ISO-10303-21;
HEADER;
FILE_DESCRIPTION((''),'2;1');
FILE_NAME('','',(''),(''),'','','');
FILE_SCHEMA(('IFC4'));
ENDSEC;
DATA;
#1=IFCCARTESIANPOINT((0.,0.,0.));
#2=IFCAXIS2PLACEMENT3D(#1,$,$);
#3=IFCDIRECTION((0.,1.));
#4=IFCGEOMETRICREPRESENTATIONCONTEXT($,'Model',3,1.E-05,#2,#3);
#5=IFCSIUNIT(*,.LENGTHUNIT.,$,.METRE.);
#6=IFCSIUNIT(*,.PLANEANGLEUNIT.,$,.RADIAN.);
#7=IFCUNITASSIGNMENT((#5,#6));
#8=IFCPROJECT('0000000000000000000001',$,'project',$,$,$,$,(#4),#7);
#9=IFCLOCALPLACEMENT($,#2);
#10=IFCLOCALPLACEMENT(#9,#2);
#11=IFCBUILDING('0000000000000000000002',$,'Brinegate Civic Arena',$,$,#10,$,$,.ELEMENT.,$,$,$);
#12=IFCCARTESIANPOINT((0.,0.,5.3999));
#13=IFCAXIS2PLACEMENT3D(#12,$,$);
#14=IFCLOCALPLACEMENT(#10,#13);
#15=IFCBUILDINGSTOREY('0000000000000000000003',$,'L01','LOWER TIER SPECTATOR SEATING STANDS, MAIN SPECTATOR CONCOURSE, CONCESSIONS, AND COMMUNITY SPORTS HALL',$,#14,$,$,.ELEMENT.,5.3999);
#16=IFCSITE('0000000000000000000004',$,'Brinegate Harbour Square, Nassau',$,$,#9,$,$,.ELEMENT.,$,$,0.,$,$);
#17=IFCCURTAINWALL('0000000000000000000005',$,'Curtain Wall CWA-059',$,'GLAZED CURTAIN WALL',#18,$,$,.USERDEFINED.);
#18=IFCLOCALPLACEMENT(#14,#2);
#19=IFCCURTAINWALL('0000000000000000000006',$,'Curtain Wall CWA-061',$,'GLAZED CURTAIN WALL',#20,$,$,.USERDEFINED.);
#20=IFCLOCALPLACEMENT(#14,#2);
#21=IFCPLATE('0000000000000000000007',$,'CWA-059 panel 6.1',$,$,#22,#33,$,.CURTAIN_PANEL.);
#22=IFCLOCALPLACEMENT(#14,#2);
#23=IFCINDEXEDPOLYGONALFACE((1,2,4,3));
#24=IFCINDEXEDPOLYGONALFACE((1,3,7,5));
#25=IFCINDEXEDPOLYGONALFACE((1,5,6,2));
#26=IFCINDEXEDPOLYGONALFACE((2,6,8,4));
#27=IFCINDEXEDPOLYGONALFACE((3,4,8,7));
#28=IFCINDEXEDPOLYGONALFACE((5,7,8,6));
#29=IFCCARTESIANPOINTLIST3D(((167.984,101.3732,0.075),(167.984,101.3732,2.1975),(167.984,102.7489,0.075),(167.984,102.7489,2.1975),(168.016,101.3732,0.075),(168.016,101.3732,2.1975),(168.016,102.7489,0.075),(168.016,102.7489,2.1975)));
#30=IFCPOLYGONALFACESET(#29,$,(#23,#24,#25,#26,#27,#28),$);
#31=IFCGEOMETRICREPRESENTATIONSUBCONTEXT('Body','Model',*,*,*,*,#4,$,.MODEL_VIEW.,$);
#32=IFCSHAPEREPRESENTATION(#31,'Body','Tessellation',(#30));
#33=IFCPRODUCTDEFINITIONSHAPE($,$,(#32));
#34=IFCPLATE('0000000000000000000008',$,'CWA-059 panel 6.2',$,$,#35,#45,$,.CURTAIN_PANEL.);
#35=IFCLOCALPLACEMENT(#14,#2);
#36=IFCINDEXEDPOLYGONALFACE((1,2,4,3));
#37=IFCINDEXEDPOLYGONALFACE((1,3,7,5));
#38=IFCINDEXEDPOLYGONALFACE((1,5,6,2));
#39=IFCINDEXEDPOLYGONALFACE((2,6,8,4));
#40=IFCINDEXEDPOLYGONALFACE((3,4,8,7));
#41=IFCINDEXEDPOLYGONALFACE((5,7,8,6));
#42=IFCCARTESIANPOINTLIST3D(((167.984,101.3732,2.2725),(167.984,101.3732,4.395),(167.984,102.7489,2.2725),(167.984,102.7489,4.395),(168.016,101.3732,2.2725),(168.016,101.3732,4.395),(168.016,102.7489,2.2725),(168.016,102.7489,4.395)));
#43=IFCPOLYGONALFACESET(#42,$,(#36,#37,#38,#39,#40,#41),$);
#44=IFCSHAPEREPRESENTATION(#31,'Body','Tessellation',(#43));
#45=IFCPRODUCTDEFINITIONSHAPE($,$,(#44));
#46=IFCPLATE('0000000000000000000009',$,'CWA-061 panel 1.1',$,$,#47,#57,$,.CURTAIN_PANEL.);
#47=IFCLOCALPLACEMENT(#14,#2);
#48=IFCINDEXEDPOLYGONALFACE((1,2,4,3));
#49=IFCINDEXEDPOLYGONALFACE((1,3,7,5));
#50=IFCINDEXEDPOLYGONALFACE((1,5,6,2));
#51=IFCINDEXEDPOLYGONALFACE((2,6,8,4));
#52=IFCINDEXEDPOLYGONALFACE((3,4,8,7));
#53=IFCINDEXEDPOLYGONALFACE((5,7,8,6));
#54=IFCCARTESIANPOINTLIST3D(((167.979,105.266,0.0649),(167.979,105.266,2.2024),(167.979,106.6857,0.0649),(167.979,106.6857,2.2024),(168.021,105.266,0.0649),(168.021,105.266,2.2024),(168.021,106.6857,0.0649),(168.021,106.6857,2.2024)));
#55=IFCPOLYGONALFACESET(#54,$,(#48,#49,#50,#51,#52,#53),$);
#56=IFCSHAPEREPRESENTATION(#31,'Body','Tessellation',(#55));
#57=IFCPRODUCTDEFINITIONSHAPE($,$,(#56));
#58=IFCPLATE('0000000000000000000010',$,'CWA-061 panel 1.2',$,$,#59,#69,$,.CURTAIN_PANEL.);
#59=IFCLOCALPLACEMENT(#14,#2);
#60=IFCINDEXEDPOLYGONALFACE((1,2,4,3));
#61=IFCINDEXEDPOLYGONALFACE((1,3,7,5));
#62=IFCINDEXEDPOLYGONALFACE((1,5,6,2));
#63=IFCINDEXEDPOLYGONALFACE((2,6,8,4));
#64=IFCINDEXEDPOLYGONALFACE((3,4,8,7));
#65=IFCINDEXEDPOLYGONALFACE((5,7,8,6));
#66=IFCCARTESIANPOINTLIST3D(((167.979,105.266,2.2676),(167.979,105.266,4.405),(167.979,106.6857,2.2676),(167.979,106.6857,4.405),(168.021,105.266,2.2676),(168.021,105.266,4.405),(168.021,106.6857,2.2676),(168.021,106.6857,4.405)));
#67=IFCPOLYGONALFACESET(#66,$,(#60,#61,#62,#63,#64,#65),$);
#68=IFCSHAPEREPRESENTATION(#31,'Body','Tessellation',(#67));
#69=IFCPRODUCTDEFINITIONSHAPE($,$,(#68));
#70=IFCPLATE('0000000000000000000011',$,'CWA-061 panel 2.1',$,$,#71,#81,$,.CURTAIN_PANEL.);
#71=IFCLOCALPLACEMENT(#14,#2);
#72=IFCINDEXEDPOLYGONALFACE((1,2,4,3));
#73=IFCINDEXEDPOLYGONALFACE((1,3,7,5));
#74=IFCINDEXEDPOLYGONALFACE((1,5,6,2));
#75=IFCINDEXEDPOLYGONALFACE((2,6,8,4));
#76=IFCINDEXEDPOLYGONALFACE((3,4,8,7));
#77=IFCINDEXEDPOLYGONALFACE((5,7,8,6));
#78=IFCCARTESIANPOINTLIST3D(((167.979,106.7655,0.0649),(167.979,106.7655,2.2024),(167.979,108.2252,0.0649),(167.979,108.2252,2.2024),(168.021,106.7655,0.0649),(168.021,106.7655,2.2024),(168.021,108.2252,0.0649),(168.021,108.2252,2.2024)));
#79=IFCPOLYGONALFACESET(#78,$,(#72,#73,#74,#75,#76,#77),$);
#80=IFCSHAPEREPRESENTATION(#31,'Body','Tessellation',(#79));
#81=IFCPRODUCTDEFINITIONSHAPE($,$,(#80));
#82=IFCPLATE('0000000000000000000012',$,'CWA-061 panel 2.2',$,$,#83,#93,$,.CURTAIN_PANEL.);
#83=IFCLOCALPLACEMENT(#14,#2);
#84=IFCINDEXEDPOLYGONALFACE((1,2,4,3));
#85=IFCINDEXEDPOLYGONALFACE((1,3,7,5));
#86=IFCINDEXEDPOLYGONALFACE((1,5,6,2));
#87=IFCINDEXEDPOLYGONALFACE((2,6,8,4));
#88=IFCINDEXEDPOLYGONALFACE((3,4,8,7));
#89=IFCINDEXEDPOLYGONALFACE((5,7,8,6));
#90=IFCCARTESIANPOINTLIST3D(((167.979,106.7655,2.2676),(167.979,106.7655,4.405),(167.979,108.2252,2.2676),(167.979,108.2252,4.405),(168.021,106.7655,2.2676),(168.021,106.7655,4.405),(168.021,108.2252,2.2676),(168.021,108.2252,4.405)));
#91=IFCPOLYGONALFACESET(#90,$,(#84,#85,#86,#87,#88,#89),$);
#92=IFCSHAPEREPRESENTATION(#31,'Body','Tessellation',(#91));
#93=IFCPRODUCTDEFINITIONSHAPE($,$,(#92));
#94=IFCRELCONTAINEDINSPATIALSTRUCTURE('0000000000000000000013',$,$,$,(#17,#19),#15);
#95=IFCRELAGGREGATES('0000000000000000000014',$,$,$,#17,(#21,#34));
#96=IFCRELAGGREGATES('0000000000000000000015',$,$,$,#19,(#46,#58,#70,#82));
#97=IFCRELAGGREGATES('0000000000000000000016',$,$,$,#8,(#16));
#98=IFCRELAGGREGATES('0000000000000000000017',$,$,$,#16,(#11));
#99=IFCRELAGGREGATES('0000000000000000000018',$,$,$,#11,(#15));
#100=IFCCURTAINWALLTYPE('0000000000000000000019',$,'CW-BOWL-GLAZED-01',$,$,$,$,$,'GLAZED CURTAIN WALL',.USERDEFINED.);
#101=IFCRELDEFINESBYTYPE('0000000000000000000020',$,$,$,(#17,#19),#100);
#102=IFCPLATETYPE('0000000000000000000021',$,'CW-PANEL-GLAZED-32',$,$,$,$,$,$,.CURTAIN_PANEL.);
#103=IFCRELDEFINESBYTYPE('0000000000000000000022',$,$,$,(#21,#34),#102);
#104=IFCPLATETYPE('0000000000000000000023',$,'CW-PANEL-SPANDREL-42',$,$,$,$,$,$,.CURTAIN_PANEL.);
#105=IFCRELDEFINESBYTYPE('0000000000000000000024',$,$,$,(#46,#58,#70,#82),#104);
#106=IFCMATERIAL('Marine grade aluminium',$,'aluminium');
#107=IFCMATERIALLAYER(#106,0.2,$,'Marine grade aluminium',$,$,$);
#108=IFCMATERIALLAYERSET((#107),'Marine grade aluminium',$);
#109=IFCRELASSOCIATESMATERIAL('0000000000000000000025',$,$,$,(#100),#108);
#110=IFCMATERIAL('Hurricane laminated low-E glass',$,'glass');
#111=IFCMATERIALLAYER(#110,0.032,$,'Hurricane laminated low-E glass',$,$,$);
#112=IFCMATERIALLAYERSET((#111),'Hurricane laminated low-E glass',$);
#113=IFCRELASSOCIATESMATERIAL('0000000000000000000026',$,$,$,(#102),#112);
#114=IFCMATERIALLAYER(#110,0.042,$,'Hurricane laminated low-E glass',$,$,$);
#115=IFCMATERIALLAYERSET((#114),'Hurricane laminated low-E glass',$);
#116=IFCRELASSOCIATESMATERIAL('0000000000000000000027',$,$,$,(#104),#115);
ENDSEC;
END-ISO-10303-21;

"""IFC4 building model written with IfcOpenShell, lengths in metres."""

from ifc_helpers import new_model, si_unit, direction, frame, origin, origin_2d, place, context, subcontext, project, spatial, rectangle, extrude, material, layer, layer_set, type_object, element, aggregate, save


model = new_model("IFC4")

# Units and contexts
model_context = context("Model", 3, precision=1e-05, world=origin(), true_north=direction((0.0, 1.0)))
body_context = subcontext(model_context, "Body", "Model", "MODEL_VIEW")
ifc_project = project(units=[si_unit("LENGTHUNIT", "METRE"), si_unit("PLANEANGLEUNIT", "RADIAN")], contexts=[model_context])

# Site, building, storey
site_placement = place(None, origin())
site = spatial("IfcSite", under=ifc_project, at=site_placement, Name="Brinegate Harbour Square, Nassau", CompositionType="ELEMENT", RefElevation=0.0)
building_placement = place(site_placement, origin())
building = spatial("IfcBuilding", under=site, at=building_placement, Name="Brinegate Civic Arena", CompositionType="ELEMENT")
storey_placement = place(building_placement, frame((0.0, 0.0, 5.3999)))
storey = spatial("IfcBuildingStorey", under=building, at=storey_placement, Name="L01", Description="LOWER TIER SPECTATOR SEATING STANDS, MAIN SPECTATOR CONCOURSE, CONCESSIONS, AND COMMUNITY SPORTS HALL", CompositionType="ELEMENT", Elevation=5.3999)

# Curtain wall
ifc_material_1 = material(Name="Marine grade aluminium", Category="aluminium")
ifc_layer_1 = layer(ifc_material_1, 0.2, Name="Marine grade aluminium")
ifc_layer_set_1 = layer_set([ifc_layer_1], Name="Marine grade aluminium")
curtain_wall_type = type_object("IfcCurtainWallType", Name="CW-BOWL-GLAZED-01", ElementType="GLAZED CURTAIN WALL", PredefinedType="USERDEFINED", material=ifc_layer_set_1)
curtain_wall_1_placement = place(storey_placement, origin())
curtain_wall_1 = element("IfcCurtainWall", 1, at=curtain_wall_1_placement, inside=storey, type_object=curtain_wall_type, Name="Curtain Wall CWA-059", ObjectType="GLAZED CURTAIN WALL", PredefinedType="USERDEFINED")

# Curtain wall
curtain_wall_2_placement = place(storey_placement, origin())
curtain_wall_2 = element("IfcCurtainWall", 2, at=curtain_wall_2_placement, inside=storey, type_object=curtain_wall_type, Name="Curtain Wall CWA-061", ObjectType="GLAZED CURTAIN WALL", PredefinedType="USERDEFINED")

# Plates
ifc_material_2 = material(Name="Hurricane laminated low-E glass", Category="glass")
ifc_layer_2 = layer(ifc_material_2, 0.032, Name="Hurricane laminated low-E glass")
ifc_layer_set_2 = layer_set([ifc_layer_2], Name="Hurricane laminated low-E glass")
plate_type_1 = type_object("IfcPlateType", Name="CW-PANEL-GLAZED-32", PredefinedType="CURTAIN_PANEL", material=ifc_layer_set_2)
plate_1_placement = place(storey_placement, frame((168.0, 102.061, 0.075), z_axis=(0.0, 0.0, 1.0), x_axis=(0.0, 1.0, 0.0)))
plate_1 = element("IfcPlate", 3, at=plate_1_placement, type_object=plate_type_1, Name="CWA-059 panel 6.1", PredefinedType="CURTAIN_PANEL", context=body_context, shape_type="SweptSolid", body=[
    extrude(rectangle(XDim=1.3757, YDim=0.032, at=origin_2d()), origin(), (0.0, 0.0, 1.0), 2.1226),
])
plate_2_placement = place(storey_placement, frame((168.0, 102.061, 2.2725), z_axis=(0.0, 0.0, 1.0), x_axis=(0.0, 1.0, 0.0)))
plate_2 = element("IfcPlate", 4, at=plate_2_placement, type_object=plate_type_1, Name="CWA-059 panel 6.2", PredefinedType="CURTAIN_PANEL", context=body_context, shape_type="SweptSolid", body=[
    extrude(rectangle(XDim=1.3757, YDim=0.032, at=origin_2d()), origin(), (0.0, 0.0, 1.0), 2.1226),
])
aggregate(curtain_wall_1, [plate_1, plate_2])
ifc_layer_3 = layer(ifc_material_2, 0.042, Name="Hurricane laminated low-E glass")
ifc_layer_set_3 = layer_set([ifc_layer_3], Name="Hurricane laminated low-E glass")
plate_type_2 = type_object("IfcPlateType", Name="CW-PANEL-SPANDREL-42", PredefinedType="CURTAIN_PANEL", material=ifc_layer_set_3)
plate_3_placement = place(storey_placement, frame((168.0, 105.9758, 0.0649), z_axis=(0.0, 0.0, 1.0), x_axis=(0.0, 1.0, 0.0)))
plate_3 = element("IfcPlate", 5, at=plate_3_placement, type_object=plate_type_2, Name="CWA-061 panel 1.1", PredefinedType="CURTAIN_PANEL", context=body_context, shape_type="SweptSolid", body=[
    extrude(rectangle(XDim=1.4197, YDim=0.042, at=origin_2d()), origin(), (0.0, 0.0, 1.0), 2.1375),
])
plate_4_placement = place(storey_placement, frame((168.0, 105.9758, 2.2676), z_axis=(0.0, 0.0, 1.0), x_axis=(0.0, 1.0, 0.0)))
plate_4 = element("IfcPlate", 6, at=plate_4_placement, type_object=plate_type_2, Name="CWA-061 panel 1.2", PredefinedType="CURTAIN_PANEL", context=body_context, shape_type="SweptSolid", body=[
    extrude(rectangle(XDim=1.4197, YDim=0.042, at=origin_2d()), origin(), (0.0, 0.0, 1.0), 2.1375),
])
plate_5_placement = place(storey_placement, frame((168.0, 107.4954, 0.0649), z_axis=(0.0, 0.0, 1.0), x_axis=(0.0, 1.0, 0.0)))
plate_5 = element("IfcPlate", 7, at=plate_5_placement, type_object=plate_type_2, Name="CWA-061 panel 2.1", PredefinedType="CURTAIN_PANEL", context=body_context, shape_type="SweptSolid", body=[
    extrude(rectangle(XDim=1.4597, YDim=0.042, at=origin_2d()), origin(), (0.0, 0.0, 1.0), 2.1375),
])
plate_6_placement = place(storey_placement, frame((168.0, 107.4954, 2.2676), z_axis=(0.0, 0.0, 1.0), x_axis=(0.0, 1.0, 0.0)))
plate_6 = element("IfcPlate", 8, at=plate_6_placement, type_object=plate_type_2, Name="CWA-061 panel 2.2", PredefinedType="CURTAIN_PANEL", context=body_context, shape_type="SweptSolid", body=[
    extrude(rectangle(XDim=1.4597, YDim=0.042, at=origin_2d()), origin(), (0.0, 0.0, 1.0), 2.1375),
])
aggregate(curtain_wall_2, [plate_3, plate_4, plate_5, plate_6])

save(model, "model.ifc")
